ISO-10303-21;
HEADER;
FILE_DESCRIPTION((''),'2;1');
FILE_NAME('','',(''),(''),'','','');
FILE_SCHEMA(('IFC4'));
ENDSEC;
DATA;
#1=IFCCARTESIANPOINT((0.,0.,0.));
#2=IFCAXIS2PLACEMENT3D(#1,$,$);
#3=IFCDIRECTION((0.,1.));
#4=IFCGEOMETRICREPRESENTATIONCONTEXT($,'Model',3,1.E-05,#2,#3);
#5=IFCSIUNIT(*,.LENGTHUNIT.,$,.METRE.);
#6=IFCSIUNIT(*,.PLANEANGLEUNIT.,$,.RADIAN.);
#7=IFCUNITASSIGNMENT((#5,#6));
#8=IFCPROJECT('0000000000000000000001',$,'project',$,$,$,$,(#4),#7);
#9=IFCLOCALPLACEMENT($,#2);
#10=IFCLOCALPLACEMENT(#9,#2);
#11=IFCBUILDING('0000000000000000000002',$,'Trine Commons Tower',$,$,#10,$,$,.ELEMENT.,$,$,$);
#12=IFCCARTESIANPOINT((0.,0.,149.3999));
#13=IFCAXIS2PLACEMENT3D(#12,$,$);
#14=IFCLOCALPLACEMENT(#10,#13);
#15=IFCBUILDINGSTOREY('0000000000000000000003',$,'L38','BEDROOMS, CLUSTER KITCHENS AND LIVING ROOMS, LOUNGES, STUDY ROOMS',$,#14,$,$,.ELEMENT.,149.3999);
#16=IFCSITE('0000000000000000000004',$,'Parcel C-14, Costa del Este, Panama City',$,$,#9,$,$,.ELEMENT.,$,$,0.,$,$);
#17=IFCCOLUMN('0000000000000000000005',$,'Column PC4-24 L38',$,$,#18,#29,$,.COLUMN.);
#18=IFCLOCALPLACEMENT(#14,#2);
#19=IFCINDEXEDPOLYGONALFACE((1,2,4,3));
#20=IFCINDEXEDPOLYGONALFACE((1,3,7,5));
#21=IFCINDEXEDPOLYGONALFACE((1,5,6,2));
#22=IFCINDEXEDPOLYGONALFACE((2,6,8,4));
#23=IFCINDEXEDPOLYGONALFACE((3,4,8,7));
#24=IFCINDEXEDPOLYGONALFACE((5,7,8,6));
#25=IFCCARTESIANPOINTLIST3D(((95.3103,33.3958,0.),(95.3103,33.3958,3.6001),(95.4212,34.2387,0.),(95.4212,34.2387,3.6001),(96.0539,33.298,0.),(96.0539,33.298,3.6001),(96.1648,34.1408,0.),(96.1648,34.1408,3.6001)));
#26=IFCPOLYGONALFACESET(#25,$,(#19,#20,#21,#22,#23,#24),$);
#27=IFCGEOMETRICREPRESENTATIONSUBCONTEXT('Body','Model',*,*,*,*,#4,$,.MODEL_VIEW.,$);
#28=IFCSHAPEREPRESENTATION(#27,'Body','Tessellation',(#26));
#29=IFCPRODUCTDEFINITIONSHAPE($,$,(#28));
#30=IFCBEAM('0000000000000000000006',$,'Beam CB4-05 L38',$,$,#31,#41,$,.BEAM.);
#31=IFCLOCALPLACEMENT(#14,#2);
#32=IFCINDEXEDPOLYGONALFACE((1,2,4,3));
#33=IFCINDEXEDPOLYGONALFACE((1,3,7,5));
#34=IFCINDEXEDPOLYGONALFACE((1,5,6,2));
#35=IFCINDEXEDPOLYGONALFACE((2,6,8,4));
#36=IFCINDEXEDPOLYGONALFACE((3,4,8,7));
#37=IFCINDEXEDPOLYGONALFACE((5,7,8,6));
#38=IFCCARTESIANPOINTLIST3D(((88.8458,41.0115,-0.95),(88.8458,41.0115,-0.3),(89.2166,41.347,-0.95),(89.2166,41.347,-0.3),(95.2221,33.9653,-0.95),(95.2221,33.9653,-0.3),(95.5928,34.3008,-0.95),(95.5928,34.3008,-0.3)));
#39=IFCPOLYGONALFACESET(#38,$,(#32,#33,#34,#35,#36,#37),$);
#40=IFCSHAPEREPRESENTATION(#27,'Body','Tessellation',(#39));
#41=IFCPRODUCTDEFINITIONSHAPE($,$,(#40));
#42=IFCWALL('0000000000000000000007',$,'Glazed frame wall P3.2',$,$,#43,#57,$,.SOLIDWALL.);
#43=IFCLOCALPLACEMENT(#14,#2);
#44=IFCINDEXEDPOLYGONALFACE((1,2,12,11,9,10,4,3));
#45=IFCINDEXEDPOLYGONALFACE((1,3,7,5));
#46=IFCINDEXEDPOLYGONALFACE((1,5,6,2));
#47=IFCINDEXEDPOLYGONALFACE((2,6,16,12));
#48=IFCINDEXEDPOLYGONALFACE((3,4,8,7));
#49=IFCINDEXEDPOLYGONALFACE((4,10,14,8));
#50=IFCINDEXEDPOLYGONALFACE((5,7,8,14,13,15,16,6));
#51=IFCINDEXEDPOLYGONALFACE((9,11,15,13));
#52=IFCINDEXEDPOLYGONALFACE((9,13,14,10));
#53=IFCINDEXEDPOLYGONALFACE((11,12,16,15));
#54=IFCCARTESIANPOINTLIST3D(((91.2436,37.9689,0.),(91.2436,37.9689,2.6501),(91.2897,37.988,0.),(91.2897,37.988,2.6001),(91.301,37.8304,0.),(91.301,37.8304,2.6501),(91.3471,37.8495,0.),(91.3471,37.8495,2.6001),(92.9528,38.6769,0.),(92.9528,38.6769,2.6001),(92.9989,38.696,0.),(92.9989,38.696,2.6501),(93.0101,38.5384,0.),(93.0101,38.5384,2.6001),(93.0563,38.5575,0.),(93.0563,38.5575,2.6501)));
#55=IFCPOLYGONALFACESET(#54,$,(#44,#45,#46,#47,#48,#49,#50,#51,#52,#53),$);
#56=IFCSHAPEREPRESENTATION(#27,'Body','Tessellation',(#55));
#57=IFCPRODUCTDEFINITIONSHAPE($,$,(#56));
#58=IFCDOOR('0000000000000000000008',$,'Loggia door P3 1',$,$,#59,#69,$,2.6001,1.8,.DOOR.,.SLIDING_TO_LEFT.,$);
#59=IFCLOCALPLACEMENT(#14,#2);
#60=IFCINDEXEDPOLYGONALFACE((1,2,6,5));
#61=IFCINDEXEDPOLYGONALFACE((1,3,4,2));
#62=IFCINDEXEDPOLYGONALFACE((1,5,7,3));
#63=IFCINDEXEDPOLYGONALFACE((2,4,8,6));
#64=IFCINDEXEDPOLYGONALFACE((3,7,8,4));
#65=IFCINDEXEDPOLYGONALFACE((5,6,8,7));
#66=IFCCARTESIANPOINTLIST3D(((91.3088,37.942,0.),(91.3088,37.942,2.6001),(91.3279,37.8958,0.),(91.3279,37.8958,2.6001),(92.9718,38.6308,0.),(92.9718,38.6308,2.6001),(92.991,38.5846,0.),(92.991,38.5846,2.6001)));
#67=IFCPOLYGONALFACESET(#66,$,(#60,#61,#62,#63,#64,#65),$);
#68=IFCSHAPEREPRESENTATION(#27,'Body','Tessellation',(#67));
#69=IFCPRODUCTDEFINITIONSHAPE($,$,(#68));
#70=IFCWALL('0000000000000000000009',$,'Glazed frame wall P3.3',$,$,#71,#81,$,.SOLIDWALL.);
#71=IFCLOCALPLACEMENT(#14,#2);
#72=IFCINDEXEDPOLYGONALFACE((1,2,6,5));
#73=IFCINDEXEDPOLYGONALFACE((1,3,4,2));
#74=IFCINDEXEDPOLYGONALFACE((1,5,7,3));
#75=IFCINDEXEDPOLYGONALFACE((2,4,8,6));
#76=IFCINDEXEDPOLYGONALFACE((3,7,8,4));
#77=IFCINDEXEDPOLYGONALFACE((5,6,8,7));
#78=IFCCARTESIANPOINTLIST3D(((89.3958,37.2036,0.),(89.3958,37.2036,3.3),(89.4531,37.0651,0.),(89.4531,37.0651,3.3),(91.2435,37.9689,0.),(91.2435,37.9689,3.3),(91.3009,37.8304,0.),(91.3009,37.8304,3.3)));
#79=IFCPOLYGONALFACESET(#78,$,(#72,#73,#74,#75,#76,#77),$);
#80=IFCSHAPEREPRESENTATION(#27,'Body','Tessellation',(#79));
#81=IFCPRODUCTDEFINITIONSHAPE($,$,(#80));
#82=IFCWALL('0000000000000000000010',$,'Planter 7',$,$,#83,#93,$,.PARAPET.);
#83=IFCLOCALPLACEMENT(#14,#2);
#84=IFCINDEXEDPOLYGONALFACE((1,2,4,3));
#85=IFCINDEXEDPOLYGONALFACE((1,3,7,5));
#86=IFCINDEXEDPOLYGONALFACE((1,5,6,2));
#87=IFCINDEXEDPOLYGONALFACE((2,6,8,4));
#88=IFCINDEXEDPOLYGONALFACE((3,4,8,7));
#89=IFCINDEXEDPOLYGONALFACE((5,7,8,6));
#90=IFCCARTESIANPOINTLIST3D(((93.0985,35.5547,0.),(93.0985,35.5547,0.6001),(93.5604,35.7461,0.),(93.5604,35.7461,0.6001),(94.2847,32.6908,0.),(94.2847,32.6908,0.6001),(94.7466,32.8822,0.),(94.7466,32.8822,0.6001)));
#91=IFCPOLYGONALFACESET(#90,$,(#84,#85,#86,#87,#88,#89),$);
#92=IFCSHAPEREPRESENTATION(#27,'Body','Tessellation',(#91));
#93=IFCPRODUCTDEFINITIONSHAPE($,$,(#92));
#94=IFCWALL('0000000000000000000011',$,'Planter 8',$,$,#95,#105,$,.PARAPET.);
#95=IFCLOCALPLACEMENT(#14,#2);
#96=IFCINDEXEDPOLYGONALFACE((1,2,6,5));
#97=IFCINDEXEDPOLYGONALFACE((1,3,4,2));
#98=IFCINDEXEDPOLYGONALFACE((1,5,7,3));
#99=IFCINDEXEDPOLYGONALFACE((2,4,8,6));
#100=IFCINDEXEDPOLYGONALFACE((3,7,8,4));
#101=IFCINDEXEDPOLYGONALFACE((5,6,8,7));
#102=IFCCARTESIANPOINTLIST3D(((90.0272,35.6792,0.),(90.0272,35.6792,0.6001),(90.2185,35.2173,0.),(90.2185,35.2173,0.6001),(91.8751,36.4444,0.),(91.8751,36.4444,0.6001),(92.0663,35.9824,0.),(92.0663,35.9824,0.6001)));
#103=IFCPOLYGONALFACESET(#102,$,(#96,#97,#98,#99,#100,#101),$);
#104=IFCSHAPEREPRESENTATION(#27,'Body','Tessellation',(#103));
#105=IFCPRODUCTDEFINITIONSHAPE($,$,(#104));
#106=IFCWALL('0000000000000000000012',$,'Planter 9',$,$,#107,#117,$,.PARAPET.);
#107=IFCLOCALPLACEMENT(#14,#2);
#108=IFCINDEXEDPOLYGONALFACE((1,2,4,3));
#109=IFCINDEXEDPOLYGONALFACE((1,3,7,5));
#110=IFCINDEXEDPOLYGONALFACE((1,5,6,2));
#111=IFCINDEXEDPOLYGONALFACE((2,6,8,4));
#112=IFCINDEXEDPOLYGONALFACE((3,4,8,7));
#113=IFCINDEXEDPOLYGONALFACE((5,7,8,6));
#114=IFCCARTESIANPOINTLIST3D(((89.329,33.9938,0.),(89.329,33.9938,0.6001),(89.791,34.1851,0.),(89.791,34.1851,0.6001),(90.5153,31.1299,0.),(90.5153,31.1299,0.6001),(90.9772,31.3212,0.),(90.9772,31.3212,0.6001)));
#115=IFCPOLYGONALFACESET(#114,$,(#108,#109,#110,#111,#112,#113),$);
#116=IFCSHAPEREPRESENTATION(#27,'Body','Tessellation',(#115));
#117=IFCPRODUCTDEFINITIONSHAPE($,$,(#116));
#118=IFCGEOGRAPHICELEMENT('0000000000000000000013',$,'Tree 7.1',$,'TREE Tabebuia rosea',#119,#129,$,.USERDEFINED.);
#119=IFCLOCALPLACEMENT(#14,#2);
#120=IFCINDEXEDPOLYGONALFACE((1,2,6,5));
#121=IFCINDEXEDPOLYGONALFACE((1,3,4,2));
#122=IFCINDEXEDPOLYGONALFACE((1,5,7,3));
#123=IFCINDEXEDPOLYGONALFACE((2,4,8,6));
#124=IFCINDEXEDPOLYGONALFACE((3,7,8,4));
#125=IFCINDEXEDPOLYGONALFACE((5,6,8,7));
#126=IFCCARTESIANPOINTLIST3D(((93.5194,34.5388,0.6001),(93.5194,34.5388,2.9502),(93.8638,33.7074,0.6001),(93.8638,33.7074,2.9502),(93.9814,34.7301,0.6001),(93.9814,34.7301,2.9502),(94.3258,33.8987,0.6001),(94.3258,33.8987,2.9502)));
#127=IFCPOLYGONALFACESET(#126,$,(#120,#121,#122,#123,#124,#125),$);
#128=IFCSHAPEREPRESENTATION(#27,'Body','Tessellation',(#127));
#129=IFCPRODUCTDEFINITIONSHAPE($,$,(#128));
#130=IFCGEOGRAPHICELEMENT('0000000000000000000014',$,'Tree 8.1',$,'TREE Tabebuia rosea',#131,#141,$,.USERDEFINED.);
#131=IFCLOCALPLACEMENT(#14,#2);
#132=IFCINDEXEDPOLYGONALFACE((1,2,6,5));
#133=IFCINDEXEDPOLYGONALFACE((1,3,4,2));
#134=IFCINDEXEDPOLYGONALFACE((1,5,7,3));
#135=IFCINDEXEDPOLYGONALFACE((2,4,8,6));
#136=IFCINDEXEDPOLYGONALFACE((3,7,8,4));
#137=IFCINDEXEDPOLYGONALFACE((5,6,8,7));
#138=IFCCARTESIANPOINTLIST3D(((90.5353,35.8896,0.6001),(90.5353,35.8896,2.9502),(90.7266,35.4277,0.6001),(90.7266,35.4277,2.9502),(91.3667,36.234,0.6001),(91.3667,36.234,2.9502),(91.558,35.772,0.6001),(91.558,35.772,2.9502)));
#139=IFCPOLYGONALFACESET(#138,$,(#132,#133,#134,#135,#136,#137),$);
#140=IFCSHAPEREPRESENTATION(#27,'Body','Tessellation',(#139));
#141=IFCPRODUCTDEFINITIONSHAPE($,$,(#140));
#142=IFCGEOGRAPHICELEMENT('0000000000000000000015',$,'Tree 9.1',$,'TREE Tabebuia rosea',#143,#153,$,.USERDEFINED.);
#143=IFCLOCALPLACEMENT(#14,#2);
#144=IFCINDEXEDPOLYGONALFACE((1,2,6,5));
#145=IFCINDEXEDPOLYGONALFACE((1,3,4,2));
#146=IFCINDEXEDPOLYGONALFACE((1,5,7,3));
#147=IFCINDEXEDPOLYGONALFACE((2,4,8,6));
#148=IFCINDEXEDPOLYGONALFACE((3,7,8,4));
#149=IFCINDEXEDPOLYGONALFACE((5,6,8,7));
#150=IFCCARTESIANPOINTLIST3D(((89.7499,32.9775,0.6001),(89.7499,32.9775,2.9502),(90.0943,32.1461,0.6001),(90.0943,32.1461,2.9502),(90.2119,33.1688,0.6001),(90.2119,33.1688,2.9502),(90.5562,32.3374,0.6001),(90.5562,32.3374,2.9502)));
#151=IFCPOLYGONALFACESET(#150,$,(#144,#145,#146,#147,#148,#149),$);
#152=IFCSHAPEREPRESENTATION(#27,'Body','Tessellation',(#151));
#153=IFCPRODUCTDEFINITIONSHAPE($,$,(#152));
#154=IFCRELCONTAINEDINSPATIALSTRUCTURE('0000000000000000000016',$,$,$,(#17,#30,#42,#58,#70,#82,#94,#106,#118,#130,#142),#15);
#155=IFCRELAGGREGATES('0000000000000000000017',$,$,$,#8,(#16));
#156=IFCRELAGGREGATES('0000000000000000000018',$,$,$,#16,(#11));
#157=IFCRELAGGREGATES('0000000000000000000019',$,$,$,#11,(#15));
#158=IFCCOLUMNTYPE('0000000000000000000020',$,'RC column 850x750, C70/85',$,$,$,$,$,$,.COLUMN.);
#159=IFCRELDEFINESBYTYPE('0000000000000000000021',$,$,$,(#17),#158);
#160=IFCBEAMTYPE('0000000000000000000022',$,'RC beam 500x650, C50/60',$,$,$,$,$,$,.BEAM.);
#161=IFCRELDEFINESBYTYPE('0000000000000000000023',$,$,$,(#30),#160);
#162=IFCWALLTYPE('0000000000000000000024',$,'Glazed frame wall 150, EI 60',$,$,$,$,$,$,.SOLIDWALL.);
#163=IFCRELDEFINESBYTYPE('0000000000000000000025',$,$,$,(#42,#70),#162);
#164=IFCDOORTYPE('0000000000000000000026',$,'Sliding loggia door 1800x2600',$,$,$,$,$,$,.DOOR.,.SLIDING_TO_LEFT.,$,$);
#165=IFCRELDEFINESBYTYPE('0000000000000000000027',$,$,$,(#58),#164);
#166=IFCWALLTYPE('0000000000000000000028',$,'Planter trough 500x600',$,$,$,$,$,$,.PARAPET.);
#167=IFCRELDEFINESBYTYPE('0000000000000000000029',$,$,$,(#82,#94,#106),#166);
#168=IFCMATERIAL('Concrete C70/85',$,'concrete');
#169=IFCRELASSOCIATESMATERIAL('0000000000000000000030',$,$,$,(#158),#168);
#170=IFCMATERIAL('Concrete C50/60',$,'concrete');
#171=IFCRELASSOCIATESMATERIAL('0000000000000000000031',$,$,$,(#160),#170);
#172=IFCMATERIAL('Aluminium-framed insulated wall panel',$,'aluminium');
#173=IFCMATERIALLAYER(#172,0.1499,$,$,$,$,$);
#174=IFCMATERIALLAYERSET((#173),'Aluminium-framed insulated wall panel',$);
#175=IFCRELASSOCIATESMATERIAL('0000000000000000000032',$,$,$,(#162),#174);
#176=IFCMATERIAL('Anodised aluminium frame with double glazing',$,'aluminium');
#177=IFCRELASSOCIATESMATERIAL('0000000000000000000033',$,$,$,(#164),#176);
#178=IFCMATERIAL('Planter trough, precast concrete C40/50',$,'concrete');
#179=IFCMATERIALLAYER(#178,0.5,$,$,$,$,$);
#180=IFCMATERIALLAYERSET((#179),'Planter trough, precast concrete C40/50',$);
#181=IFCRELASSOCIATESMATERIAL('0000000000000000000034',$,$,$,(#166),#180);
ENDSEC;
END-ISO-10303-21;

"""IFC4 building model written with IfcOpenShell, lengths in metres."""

from ifc_helpers import new_model, si_unit, direction, frame, frame_2d, origin, origin_2d, place, context, subcontext, project, spatial, polyline, rectangle, outline, extrude, material, layer, layer_set, material_profile, profile_set, type_object, element, fill, save


model = new_model("IFC4")

# Units and contexts
model_context = context("Model", 3, precision=1e-05, world=origin(), true_north=direction((0.0, 1.0)))
body_context = subcontext(model_context, "Body", "Model", "MODEL_VIEW")
ifc_project = project(units=[si_unit("LENGTHUNIT", "METRE"), si_unit("PLANEANGLEUNIT", "RADIAN")], contexts=[model_context])

# Site, building, storey
site_placement = place(None, origin())
site = spatial("IfcSite", under=ifc_project, at=site_placement, Name="Parcel C-14, Costa del Este, Panama City", CompositionType="ELEMENT", RefElevation=0.0)
building_placement = place(site_placement, origin())
building = spatial("IfcBuilding", under=site, at=building_placement, Name="Trine Commons Tower", CompositionType="ELEMENT")
storey_placement = place(building_placement, frame((0.0, 0.0, 149.3999)))
storey = spatial("IfcBuildingStorey", under=building, at=storey_placement, Name="L38", Description="BEDROOMS, CLUSTER KITCHENS AND LIVING ROOMS, LOUNGES, STUDY ROOMS", CompositionType="ELEMENT", Elevation=149.3999)

# Column
ifc_material_1 = material(Name="Concrete C70/85", Category="concrete")
ifc_material_profile_1 = material_profile(ifc_material_1, rectangle(XDim=0.8501, YDim=0.75, at=origin_2d()), Name="RC 850x750")
ifc_profile_set_1 = profile_set([ifc_material_profile_1], Name="Concrete C70/85")
column_type = type_object("IfcColumnType", Name="RC column 850x750, C70/85", PredefinedType="COLUMN", material=ifc_profile_set_1)
column_placement = place(storey_placement, frame((95.7375, 33.7683, 0.0), z_axis=(0.0, 0.0, 1.0), x_axis=(0.130526, 0.991445, 0.0)))
element("IfcColumn", 1, at=column_placement, inside=storey, type_object=column_type, Name="Column PC4-24 L38", PredefinedType="COLUMN", context=body_context, shape_type="SweptSolid", body=[
    extrude(rectangle(XDim=0.8501, YDim=0.75, at=origin_2d()), origin(), (0.0, 0.0, 1.0), 3.6001),
])

# Beam
ifc_material_2 = material(Name="Concrete C50/60", Category="concrete")
ifc_material_profile_2 = material_profile(ifc_material_2, rectangle(XDim=0.5, YDim=0.6499, at=origin_2d()), Name="RC 500x650")
ifc_profile_set_2 = profile_set([ifc_material_profile_2], Name="Concrete C50/60")
beam_type = type_object("IfcBeamType", Name="RC beam 500x650, C50/60", PredefinedType="BEAM", material=ifc_profile_set_2)
beam_placement = place(storey_placement, frame((95.4075, 34.1331, -0.625), z_axis=(-0.670979, 0.741476, 0.0), x_axis=(-0.741476, -0.670979, 0.0)))
element("IfcBeam", 2, at=beam_placement, inside=storey, type_object=beam_type, Name="Beam CB4-05 L38", PredefinedType="BEAM", context=body_context, shape_type="SweptSolid", body=[
    extrude(rectangle(XDim=0.5, YDim=0.6499, at=origin_2d()), origin(), (0.0, 0.0, 1.0), 9.5029),
])

# Shared definitions
ifc_material_3 = material(Name="Aluminium-framed insulated wall panel", Category="aluminium")
ifc_layer_1 = layer(ifc_material_3, 0.1499)
ifc_layer_set_1 = layer_set([ifc_layer_1], Name="Aluminium-framed insulated wall panel")
wall_type_1 = type_object("IfcWallType", Name="Glazed frame wall 150, EI 60", PredefinedType="SOLIDWALL", material=ifc_layer_set_1)

# Wall, opening, door
wall_1_placement = place(storey_placement, frame((93.0276, 38.6267, 0.0), z_axis=(0.0, 0.0, 1.0), x_axis=(-0.923888, -0.382662, 0.0)))
wall_1 = element("IfcWall", 3, at=wall_1_placement, inside=storey, type_object=wall_type_1, Name="Glazed frame wall P3.2", PredefinedType="SOLIDWALL", context=body_context, shape_type="SweptSolid", body=[
    extrude(outline(polyline([(0.0, -0.075), (1.8999, -0.075), (1.8999, 0.075), (0.0, 0.075), (0.0, -0.075)])), origin(), (0.0, 0.0, 1.0), 2.6501),
])
opening_placement = place(wall_1_placement, frame((0.05, 0.0, 0.0)))
opening = element("IfcOpeningElement", 4, at=opening_placement, cuts=wall_1, PredefinedType="OPENING", context=body_context, shape_type="SweptSolid", body=[
    extrude(rectangle(XDim=1.8, YDim=2.6001, at=frame_2d((0.8999, 1.3))), frame((0.0, 0.085, 0.0), z_axis=(0.0, -1.0, 0.0), x_axis=(1.0, 0.0, 0.0)), (0.0, 0.0, 1.0), 0.1699),
])
ifc_material_4 = material(Name="Anodised aluminium frame with double glazing", Category="aluminium")
door_type = type_object("IfcDoorType", Name="Sliding loggia door 1800x2600", OperationType="SLIDING_TO_LEFT", PredefinedType="DOOR", material=ifc_material_4)
door_placement = place(opening_placement, origin())
door = element("IfcDoor", 5, at=door_placement, inside=storey, type_object=door_type, Name="Loggia door P3 1", OperationType="SLIDING_TO_LEFT", OverallHeight=2.6001, OverallWidth=1.8, PredefinedType="DOOR", context=body_context, shape_type="SweptSolid", body=[
    extrude(rectangle(XDim=1.8, YDim=2.6001, at=frame_2d((0.8999, 1.3))), frame((0.0, 0.0249, 0.0), z_axis=(0.0, -1.0, 0.0), x_axis=(1.0, 0.0, 0.0)), (0.0, 0.0, 1.0), 0.05),
])
fill(opening, door)

# Walls
wall_2_placement = place(storey_placement, frame((91.2722, 37.8997, 0.0), z_axis=(0.0, 0.0, 1.0), x_axis=(-0.923887, -0.382664, 0.0)))
element("IfcWall", 6, at=wall_2_placement, inside=storey, type_object=wall_type_1, Name="Glazed frame wall P3.3", PredefinedType="SOLIDWALL", context=body_context, shape_type="SweptSolid", body=[
    extrude(outline(polyline([(0.0, -0.075), (2.0, -0.075), (2.0, 0.075), (0.0, 0.075), (0.0, -0.075)])), origin(), (0.0, 0.0, 1.0), 3.3),
])
ifc_material_5 = material(Name="Planter trough, precast concrete C40/50", Category="concrete")
ifc_layer_2 = layer(ifc_material_5, 0.5)
ifc_layer_set_2 = layer_set([ifc_layer_2], Name="Planter trough, precast concrete C40/50")
wall_type_2 = type_object("IfcWallType", Name="Planter trough 500x600", PredefinedType="PARAPET", material=ifc_layer_set_2)
wall_3_placement = place(storey_placement, frame((94.5156, 32.7866, 0.0), z_axis=(0.0, 0.0, 1.0), x_axis=(-0.382674, 0.923883, 0.0)))
element("IfcWall", 7, at=wall_3_placement, inside=storey, type_object=wall_type_2, Name="Planter 7", PredefinedType="PARAPET", context=body_context, shape_type="SweptSolid", body=[
    extrude(rectangle(XDim=3.0999, YDim=0.5, at=frame_2d((1.5498, 0.0))), origin(), (0.0, 0.0, 1.0), 0.6001),
])
wall_4_placement = place(storey_placement, frame((91.9707, 36.2134, 0.0), z_axis=(0.0, 0.0, 1.0), x_axis=(-0.923931, -0.38256, 0.0)))
element("IfcWall", 8, at=wall_4_placement, inside=storey, type_object=wall_type_2, Name="Planter 8", PredefinedType="PARAPET", context=body_context, shape_type="SweptSolid", body=[
    extrude(rectangle(XDim=2.0, YDim=0.5, at=frame_2d((1.0, 0.0))), origin(), (0.0, 0.0, 1.0), 0.6001),
])
wall_5_placement = place(storey_placement, frame((89.5601, 34.0894, 0.0), z_axis=(0.0, 0.0, 1.0), x_axis=(0.382674, -0.923883, 0.0)))
element("IfcWall", 9, at=wall_5_placement, inside=storey, type_object=wall_type_2, Name="Planter 9", PredefinedType="PARAPET", context=body_context, shape_type="SweptSolid", body=[
    extrude(rectangle(XDim=3.0999, YDim=0.5, at=frame_2d((1.5498, 0.0))), origin(), (0.0, 0.0, 1.0), 0.6001),
])

# Geographic elements
for number, where, z_axis, x_axis, name in (
    (10, (93.9226, 34.2188, 0.6001), (0.0, 0.0, 1.0), (-0.382695, 0.923875, 0.0), "Tree 7.1"),
    (11, (91.0466, 35.8308, 0.6001), (0.0, 0.0, 1.0), (-0.923878, -0.382688, 0.0), "Tree 8.1"),
    (12, (90.1531, 32.6575, 0.6001), (0.0, 0.0, 1.0), (0.382695, -0.923875, 0.0), "Tree 9.1"),
):
    element("IfcGeographicElement", number, at=place(storey_placement, frame(where, z_axis=z_axis, x_axis=x_axis)), inside=storey, Name=name, ObjectType="TREE Tabebuia rosea", PredefinedType="USERDEFINED", context=body_context, shape_type="SweptSolid", body=[
        extrude(rectangle(XDim=0.8999, YDim=0.5, at=origin_2d()), origin(), (0.0, 0.0, 1.0), 2.3501),
    ])

save(model, "model.ifc")
